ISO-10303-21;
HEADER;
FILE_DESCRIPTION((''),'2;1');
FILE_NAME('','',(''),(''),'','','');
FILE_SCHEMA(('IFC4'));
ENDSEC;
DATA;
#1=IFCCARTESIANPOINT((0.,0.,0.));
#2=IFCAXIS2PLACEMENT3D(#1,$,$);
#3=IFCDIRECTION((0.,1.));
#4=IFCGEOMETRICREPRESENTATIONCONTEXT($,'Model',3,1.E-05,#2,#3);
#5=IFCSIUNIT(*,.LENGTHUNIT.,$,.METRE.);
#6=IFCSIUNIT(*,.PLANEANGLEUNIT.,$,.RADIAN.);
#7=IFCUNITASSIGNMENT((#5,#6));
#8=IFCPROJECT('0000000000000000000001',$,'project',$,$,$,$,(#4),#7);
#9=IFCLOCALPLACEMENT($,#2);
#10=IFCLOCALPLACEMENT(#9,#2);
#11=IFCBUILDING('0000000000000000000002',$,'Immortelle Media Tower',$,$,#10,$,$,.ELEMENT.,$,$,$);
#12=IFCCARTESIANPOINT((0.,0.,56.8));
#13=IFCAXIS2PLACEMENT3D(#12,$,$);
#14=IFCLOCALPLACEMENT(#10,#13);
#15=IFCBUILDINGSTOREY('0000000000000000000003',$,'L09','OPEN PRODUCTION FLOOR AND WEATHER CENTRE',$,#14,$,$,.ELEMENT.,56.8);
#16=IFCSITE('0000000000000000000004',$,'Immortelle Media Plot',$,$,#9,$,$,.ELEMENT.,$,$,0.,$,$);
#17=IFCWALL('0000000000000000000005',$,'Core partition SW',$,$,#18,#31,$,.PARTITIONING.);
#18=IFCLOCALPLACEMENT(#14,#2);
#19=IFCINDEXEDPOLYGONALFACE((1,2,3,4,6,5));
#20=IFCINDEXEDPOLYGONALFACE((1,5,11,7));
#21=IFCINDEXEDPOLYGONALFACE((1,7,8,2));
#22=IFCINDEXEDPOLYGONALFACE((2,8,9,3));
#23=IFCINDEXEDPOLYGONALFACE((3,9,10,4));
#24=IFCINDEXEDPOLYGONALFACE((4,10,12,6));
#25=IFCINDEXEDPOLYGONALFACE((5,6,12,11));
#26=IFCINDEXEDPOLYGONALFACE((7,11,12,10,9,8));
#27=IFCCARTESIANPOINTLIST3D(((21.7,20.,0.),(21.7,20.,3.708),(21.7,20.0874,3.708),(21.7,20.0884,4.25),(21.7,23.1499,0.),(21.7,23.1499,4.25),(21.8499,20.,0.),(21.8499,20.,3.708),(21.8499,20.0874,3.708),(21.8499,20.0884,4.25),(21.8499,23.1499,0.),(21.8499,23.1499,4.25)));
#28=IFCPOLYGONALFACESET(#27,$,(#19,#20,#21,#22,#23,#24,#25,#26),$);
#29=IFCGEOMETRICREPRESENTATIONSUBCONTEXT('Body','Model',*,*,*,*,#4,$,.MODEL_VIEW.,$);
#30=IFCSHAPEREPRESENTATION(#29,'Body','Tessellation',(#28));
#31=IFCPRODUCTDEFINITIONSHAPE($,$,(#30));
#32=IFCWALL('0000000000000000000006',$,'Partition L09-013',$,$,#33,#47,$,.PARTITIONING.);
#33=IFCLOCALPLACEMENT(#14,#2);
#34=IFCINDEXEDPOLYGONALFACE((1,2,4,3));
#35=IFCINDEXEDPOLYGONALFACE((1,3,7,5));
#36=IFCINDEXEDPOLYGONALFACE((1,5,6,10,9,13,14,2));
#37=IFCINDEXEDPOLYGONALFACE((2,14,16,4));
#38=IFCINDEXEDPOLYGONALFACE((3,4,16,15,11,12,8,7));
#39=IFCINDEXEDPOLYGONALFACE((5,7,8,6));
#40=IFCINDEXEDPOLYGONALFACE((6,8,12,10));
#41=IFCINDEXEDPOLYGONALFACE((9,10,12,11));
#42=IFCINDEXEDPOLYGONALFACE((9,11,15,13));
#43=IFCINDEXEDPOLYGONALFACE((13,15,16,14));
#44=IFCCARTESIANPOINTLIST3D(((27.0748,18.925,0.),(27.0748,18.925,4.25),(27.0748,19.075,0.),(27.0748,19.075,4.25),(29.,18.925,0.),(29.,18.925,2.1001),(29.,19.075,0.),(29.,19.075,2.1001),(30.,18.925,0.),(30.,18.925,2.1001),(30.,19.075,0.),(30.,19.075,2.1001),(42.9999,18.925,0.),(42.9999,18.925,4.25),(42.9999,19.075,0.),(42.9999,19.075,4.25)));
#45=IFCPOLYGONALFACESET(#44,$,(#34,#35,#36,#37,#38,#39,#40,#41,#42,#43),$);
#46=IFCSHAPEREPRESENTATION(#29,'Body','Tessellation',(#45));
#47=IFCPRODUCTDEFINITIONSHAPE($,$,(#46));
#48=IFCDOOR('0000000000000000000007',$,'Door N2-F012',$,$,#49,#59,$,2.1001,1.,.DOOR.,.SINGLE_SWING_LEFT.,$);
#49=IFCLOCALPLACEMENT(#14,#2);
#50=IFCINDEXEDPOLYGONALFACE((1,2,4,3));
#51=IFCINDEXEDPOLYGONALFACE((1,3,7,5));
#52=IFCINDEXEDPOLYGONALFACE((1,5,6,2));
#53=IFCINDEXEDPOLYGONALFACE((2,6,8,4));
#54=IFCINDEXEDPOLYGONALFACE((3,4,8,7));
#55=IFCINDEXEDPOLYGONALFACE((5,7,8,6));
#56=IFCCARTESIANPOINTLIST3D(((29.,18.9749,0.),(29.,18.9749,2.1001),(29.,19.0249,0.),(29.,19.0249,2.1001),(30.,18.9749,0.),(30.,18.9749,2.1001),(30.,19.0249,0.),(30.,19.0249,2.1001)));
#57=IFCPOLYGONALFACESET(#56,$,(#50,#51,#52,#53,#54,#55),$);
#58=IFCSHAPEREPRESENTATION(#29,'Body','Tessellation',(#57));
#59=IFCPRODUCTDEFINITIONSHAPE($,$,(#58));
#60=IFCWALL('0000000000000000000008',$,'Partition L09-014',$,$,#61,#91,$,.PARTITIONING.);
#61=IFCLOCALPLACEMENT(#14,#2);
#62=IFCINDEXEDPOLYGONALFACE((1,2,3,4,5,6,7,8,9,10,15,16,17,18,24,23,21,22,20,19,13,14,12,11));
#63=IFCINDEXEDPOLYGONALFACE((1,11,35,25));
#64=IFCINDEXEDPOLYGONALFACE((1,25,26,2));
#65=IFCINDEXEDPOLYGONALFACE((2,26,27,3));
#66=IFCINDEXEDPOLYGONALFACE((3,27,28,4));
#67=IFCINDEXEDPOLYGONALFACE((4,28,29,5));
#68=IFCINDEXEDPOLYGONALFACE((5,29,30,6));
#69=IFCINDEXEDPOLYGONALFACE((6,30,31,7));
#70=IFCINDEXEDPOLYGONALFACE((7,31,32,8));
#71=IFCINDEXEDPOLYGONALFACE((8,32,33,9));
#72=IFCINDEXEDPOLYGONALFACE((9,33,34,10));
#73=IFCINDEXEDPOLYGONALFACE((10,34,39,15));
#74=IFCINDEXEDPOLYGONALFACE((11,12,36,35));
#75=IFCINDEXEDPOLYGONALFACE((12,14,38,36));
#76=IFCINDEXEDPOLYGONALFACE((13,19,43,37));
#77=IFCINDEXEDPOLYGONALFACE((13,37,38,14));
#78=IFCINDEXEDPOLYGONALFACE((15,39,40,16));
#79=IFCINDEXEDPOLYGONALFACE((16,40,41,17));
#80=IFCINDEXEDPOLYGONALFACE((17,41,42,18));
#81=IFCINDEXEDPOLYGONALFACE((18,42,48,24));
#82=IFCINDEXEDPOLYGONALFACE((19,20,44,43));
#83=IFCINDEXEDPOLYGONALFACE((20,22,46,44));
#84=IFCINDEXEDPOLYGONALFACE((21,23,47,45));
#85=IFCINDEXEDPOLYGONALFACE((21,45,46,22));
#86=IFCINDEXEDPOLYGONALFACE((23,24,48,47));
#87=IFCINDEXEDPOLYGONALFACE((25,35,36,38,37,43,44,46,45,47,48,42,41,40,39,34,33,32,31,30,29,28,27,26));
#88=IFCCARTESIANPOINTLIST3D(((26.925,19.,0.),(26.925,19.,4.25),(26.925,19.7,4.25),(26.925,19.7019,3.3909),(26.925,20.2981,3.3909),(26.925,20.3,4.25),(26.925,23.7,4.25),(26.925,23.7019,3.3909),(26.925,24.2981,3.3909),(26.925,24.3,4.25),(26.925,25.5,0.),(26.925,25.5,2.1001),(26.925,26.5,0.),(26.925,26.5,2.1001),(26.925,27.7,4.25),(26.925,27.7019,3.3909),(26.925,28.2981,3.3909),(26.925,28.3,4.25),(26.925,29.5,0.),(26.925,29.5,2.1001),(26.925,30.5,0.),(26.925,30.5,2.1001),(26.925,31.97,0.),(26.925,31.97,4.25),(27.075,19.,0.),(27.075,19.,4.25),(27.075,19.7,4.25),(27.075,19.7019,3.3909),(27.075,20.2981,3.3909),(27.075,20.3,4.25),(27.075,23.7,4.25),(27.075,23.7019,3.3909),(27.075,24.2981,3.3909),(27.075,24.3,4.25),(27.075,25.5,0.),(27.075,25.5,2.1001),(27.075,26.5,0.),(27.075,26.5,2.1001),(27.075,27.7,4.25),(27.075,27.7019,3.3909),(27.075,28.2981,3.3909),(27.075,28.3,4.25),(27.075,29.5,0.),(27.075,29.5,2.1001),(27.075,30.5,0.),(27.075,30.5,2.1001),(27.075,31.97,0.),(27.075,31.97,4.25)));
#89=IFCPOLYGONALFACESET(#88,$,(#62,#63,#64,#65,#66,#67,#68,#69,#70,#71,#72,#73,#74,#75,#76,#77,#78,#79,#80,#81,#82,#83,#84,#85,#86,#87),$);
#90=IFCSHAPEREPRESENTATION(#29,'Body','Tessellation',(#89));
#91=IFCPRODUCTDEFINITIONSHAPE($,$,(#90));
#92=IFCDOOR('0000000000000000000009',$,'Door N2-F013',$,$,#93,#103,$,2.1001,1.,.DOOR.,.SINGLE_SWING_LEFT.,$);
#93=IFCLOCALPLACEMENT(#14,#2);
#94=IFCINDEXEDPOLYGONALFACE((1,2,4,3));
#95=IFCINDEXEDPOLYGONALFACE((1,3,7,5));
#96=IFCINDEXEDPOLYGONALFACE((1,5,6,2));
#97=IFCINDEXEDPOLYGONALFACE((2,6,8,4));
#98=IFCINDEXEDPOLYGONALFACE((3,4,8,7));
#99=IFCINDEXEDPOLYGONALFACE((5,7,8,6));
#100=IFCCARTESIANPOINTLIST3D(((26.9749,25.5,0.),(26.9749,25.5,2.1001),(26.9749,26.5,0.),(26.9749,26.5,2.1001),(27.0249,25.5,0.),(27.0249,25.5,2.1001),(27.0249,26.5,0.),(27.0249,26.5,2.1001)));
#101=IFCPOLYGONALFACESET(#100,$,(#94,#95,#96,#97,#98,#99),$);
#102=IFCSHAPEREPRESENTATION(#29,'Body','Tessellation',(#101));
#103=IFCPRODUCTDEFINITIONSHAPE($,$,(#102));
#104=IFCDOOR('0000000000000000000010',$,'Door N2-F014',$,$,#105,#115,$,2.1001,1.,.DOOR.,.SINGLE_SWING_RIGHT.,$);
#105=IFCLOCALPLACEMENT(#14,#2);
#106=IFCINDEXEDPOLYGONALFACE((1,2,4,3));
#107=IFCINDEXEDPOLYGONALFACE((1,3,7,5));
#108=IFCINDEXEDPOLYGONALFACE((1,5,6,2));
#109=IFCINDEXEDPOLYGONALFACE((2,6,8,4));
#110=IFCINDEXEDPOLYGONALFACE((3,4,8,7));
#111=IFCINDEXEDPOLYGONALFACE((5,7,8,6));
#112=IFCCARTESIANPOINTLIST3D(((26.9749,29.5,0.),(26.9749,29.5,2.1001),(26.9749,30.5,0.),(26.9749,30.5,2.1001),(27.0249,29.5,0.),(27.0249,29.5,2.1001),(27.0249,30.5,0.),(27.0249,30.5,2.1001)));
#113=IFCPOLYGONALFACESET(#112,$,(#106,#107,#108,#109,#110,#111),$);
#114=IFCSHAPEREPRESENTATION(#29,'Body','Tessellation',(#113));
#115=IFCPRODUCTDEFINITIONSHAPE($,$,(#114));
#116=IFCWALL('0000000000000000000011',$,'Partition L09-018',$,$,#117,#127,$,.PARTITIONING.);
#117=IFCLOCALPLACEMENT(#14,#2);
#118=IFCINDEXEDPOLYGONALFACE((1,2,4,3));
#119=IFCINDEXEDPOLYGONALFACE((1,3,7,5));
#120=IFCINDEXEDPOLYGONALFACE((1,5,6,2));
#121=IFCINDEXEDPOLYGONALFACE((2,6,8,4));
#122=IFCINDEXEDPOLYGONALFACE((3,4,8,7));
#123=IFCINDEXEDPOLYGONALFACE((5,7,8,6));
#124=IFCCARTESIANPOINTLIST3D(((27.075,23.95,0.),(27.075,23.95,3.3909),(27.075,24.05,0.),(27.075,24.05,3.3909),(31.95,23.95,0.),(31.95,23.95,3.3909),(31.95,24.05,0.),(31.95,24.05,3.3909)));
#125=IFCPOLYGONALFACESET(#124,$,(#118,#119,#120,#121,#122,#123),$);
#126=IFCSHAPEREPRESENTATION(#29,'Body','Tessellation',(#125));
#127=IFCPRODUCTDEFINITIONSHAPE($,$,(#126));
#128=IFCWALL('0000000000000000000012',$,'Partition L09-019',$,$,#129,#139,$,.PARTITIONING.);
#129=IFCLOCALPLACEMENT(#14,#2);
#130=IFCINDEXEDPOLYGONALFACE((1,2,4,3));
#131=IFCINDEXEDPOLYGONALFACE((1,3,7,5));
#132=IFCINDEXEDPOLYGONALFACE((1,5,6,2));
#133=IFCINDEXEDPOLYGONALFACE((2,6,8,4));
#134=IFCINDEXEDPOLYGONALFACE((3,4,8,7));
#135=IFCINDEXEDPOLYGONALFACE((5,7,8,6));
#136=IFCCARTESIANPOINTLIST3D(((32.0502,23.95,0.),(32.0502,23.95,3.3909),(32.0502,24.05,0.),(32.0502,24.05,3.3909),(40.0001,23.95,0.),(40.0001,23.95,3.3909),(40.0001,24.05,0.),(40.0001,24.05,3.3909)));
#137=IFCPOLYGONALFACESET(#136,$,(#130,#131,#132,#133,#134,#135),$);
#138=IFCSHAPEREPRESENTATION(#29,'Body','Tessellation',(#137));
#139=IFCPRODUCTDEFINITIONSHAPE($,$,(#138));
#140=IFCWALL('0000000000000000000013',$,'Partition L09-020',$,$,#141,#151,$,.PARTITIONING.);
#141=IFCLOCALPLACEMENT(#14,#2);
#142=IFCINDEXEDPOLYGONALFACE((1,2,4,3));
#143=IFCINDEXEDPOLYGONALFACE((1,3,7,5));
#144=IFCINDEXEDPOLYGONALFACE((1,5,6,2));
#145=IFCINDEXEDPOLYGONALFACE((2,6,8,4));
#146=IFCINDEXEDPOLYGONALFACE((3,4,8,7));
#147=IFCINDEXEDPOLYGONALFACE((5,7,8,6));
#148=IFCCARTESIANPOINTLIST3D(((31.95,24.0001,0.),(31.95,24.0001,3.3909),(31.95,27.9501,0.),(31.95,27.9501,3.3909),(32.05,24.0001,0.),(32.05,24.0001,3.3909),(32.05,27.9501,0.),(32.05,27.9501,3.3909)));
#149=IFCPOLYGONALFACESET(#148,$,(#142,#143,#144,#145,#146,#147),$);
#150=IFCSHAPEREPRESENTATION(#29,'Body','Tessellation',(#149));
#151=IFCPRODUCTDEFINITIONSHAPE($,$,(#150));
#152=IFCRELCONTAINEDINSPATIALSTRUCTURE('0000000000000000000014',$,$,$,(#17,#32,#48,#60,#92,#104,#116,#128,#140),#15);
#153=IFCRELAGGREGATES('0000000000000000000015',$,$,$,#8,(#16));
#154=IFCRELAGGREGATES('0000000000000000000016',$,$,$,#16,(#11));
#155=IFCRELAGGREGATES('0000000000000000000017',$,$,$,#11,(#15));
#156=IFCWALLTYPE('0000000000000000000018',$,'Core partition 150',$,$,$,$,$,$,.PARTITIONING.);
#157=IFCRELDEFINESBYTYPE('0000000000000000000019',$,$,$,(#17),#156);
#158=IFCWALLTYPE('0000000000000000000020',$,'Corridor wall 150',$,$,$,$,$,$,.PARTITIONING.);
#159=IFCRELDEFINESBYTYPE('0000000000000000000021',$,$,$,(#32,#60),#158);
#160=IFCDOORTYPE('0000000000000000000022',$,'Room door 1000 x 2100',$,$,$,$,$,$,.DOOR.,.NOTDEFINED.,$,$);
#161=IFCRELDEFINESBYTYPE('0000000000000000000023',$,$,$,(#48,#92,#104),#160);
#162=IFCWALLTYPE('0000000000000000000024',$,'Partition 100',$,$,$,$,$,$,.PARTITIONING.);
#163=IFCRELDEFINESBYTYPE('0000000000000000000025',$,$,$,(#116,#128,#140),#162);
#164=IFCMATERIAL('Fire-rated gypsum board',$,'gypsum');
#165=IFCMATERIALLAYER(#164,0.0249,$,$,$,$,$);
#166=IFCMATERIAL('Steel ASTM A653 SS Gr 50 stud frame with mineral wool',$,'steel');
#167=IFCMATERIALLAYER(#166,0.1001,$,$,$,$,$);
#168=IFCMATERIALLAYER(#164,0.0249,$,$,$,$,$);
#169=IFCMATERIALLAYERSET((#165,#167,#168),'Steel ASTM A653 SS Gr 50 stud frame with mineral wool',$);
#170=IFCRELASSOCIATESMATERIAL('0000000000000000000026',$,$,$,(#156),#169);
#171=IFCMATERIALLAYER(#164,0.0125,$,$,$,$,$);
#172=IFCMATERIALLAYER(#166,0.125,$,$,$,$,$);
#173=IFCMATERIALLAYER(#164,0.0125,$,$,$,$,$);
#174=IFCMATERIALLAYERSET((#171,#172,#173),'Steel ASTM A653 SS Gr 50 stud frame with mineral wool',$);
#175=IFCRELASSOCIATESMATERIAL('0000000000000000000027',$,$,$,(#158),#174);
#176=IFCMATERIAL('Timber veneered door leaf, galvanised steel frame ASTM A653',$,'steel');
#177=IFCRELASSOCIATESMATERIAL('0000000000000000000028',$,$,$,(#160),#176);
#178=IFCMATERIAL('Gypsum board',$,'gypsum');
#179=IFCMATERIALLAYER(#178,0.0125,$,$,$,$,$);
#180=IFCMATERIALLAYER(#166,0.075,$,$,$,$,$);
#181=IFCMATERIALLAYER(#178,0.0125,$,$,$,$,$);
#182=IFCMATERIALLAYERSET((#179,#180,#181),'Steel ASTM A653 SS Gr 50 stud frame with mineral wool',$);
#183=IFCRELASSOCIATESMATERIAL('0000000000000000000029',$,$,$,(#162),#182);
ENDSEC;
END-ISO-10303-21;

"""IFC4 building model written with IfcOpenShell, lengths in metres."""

from ifc_helpers import new_model, si_unit, direction, frame, frame_2d, origin, place, context, subcontext, project, spatial, polyline, rectangle, outline, extrude, material, layer, layer_set, type_object, element, fill, save


model = new_model("IFC4")

# Units and contexts
model_context = context("Model", 3, precision=1e-05, world=origin(), true_north=direction((0.0, 1.0)))
body_context = subcontext(model_context, "Body", "Model", "MODEL_VIEW")
ifc_project = project(units=[si_unit("LENGTHUNIT", "METRE"), si_unit("PLANEANGLEUNIT", "RADIAN")], contexts=[model_context])

# Site, building, storey
site_placement = place(None, origin())
site = spatial("IfcSite", under=ifc_project, at=site_placement, Name="Immortelle Media Plot", CompositionType="ELEMENT", RefElevation=0.0)
building_placement = place(site_placement, origin())
building = spatial("IfcBuilding", under=site, at=building_placement, Name="Immortelle Media Tower", CompositionType="ELEMENT")
storey_placement = place(building_placement, frame((0.0, 0.0, 56.8)))
storey = spatial("IfcBuildingStorey", under=building, at=storey_placement, Name="L09", Description="OPEN PRODUCTION FLOOR AND WEATHER CENTRE", CompositionType="ELEMENT", Elevation=56.8)

# Wall
ifc_material_1 = material(Name="Fire-rated gypsum board", Category="gypsum")
ifc_layer_1 = layer(ifc_material_1, 0.0249)
ifc_material_2 = material(Name="Steel ASTM A653 SS Gr 50 stud frame with mineral wool", Category="steel")
ifc_layer_2 = layer(ifc_material_2, 0.1001)
ifc_layer_3 = layer(ifc_material_1, 0.0249)
ifc_layer_set_1 = layer_set([ifc_layer_1, ifc_layer_2, ifc_layer_3], Name="Steel ASTM A653 SS Gr 50 stud frame with mineral wool")
wall_type_1 = type_object("IfcWallType", Name="Core partition 150", PredefinedType="PARTITIONING", material=ifc_layer_set_1)
wall_1_placement = place(storey_placement, frame((21.7749, 20.0, 0.0), z_axis=(0.0, 0.0, 1.0), x_axis=(0.0, 1.0, 0.0)))
element("IfcWall", 1, at=wall_1_placement, inside=storey, type_object=wall_type_1, Name="Core partition SW", PredefinedType="PARTITIONING", context=body_context, shape_type="SweptSolid", body=[
    extrude(outline(polyline([(0.0, 0.0), (3.1499, 0.0), (3.1499, 4.25), (0.0884, 4.25), (0.0874, 3.708), (0.0, 3.708), (0.0, 0.0)])), frame((0.0, 0.075, 0.0), z_axis=(0.0, -1.0, 0.0), x_axis=(1.0, 0.0, 0.0)), (0.0, 0.0, 1.0), 0.1499),
])

# Wall, opening, door
ifc_layer_4 = layer(ifc_material_1, 0.0125)
ifc_layer_5 = layer(ifc_material_2, 0.125)
ifc_layer_6 = layer(ifc_material_1, 0.0125)
ifc_layer_set_2 = layer_set([ifc_layer_4, ifc_layer_5, ifc_layer_6], Name="Steel ASTM A653 SS Gr 50 stud frame with mineral wool")
wall_type_2 = type_object("IfcWallType", Name="Corridor wall 150", PredefinedType="PARTITIONING", material=ifc_layer_set_2)
wall_2_placement = place(storey_placement, frame((27.075, 19.0, 0.0), z_axis=(0.0, 0.0, 1.0), x_axis=(1.0, 0.0, 0.0)))
wall_2 = element("IfcWall", 2, at=wall_2_placement, inside=storey, type_object=wall_type_2, Name="Partition L09-013", PredefinedType="PARTITIONING", context=body_context, shape_type="SweptSolid", body=[
    extrude(rectangle(XDim=15.925, YDim=0.1499, at=frame_2d((7.9624, 0.0))), origin(), (0.0, 0.0, 1.0), 4.25),
])
opening_1_placement = place(wall_2_placement, frame((1.925, 0.0, 0.0)))
opening_1 = element("IfcOpeningElement", 3, at=opening_1_placement, cuts=wall_2, PredefinedType="OPENING", context=body_context, shape_type="SweptSolid", body=[
    extrude(rectangle(XDim=1.0, YDim=2.1001, at=frame_2d((0.5, 1.05))), frame((0.0, 0.085, 0.0), z_axis=(0.0, -1.0, 0.0), x_axis=(1.0, 0.0, 0.0)), (0.0, 0.0, 1.0), 0.1699),
])
ifc_material_3 = material(Name="Timber veneered door leaf, galvanised steel frame ASTM A653", Category="steel")
door_type = type_object("IfcDoorType", Name="Room door 1000 x 2100", OperationType="NOTDEFINED", PredefinedType="DOOR", material=ifc_material_3)
door_1_placement = place(opening_1_placement, origin())
door_1 = element("IfcDoor", 4, at=door_1_placement, inside=storey, type_object=door_type, Name="Door N2-F012", OperationType="SINGLE_SWING_LEFT", OverallHeight=2.1001, OverallWidth=1.0, PredefinedType="DOOR", context=body_context, shape_type="SweptSolid", body=[
    extrude(rectangle(XDim=1.0, YDim=2.1001, at=frame_2d((0.5, 1.05))), frame((0.0, 0.0249, 0.0), z_axis=(0.0, -1.0, 0.0), x_axis=(1.0, 0.0, 0.0)), (0.0, 0.0, 1.0), 0.05),
])
fill(opening_1, door_1)

# Wall, openings, doors
wall_3_placement = place(storey_placement, frame((27.0, 19.0, 0.0), z_axis=(0.0, 0.0, 1.0), x_axis=(0.0, 1.0, 0.0)))
wall_3 = element("IfcWall", 5, at=wall_3_placement, inside=storey, type_object=wall_type_2, Name="Partition L09-014", PredefinedType="PARTITIONING", context=body_context, shape_type="SweptSolid", body=[
    extrude(outline(polyline([(0.0, 0.0), (12.97, 0.0), (12.97, 4.25), (9.3, 4.25), (9.2981, 3.3909), (8.7019, 3.3909), (8.7, 4.25), (5.3, 4.25), (5.2981, 3.3909), (4.7019, 3.3909), (4.7, 4.25), (1.3, 4.25), (1.2981, 3.3909), (0.7019, 3.3909), (0.7, 4.25), (0.0, 4.25), (0.0, 0.0)])), frame((0.0, 0.075, 0.0), z_axis=(0.0, -1.0, 0.0), x_axis=(1.0, 0.0, 0.0)), (0.0, 0.0, 1.0), 0.1499),
])
opening_2_placement = place(wall_3_placement, frame((7.5, 0.0, 0.0), z_axis=(0.0, 0.0, 1.0), x_axis=(-1.0, 0.0, 0.0)))
opening_2 = element("IfcOpeningElement", 6, at=opening_2_placement, cuts=wall_3, PredefinedType="OPENING", context=body_context, shape_type="SweptSolid", body=[
    extrude(rectangle(XDim=1.0, YDim=2.1001, at=frame_2d((0.5, 1.05))), frame((0.0, 0.085, 0.0), z_axis=(0.0, -1.0, 0.0), x_axis=(1.0, 0.0, 0.0)), (0.0, 0.0, 1.0), 0.1699),
])
opening_3_placement = place(wall_3_placement, frame((11.5, 0.0, 0.0), z_axis=(0.0, 0.0, 1.0), x_axis=(-1.0, 0.0, 0.0)))
opening_3 = element("IfcOpeningElement", 7, at=opening_3_placement, cuts=wall_3, PredefinedType="OPENING", context=body_context, shape_type="SweptSolid", body=[
    extrude(rectangle(XDim=1.0, YDim=2.1001, at=frame_2d((0.5, 1.05))), frame((0.0, 0.085, 0.0), z_axis=(0.0, -1.0, 0.0), x_axis=(1.0, 0.0, 0.0)), (0.0, 0.0, 1.0), 0.1699),
])
door_2_placement = place(opening_2_placement, origin())
door_2 = element("IfcDoor", 8, at=door_2_placement, inside=storey, type_object=door_type, Name="Door N2-F013", OperationType="SINGLE_SWING_LEFT", OverallHeight=2.1001, OverallWidth=1.0, PredefinedType="DOOR", context=body_context, shape_type="SweptSolid", body=[
    extrude(rectangle(XDim=1.0, YDim=2.1001, at=frame_2d((0.5, 1.05))), frame((0.0, 0.0249, 0.0), z_axis=(0.0, -1.0, 0.0), x_axis=(1.0, 0.0, 0.0)), (0.0, 0.0, 1.0), 0.05),
])
fill(opening_2, door_2)
door_3_placement = place(opening_3_placement, origin())
door_3 = element("IfcDoor", 9, at=door_3_placement, inside=storey, type_object=door_type, Name="Door N2-F014", OperationType="SINGLE_SWING_RIGHT", OverallHeight=2.1001, OverallWidth=1.0, PredefinedType="DOOR", context=body_context, shape_type="SweptSolid", body=[
    extrude(rectangle(XDim=1.0, YDim=2.1001, at=frame_2d((0.5, 1.05))), frame((0.0, 0.0249, 0.0), z_axis=(0.0, -1.0, 0.0), x_axis=(1.0, 0.0, 0.0)), (0.0, 0.0, 1.0), 0.05),
])
fill(opening_3, door_3)

# Walls
ifc_material_4 = material(Name="Gypsum board", Category="gypsum")
ifc_layer_7 = layer(ifc_material_4, 0.0125)
ifc_layer_8 = layer(ifc_material_2, 0.075)
ifc_layer_9 = layer(ifc_material_4, 0.0125)
ifc_layer_set_3 = layer_set([ifc_layer_7, ifc_layer_8, ifc_layer_9], Name="Steel ASTM A653 SS Gr 50 stud frame with mineral wool")
wall_type_3 = type_object("IfcWallType", Name="Partition 100", PredefinedType="PARTITIONING", material=ifc_layer_set_3)
wall_4_placement = place(storey_placement, frame((27.075, 24.0, 0.0), z_axis=(0.0, 0.0, 1.0), x_axis=(1.0, 0.0, 0.0)))
element("IfcWall", 10, at=wall_4_placement, inside=storey, type_object=wall_type_3, Name="Partition L09-018", PredefinedType="PARTITIONING", context=body_context, shape_type="SweptSolid", body=[
    extrude(rectangle(XDim=4.875, YDim=0.1001, at=frame_2d((2.4375, 0.0))), origin(), (0.0, 0.0, 1.0), 3.3909),
])
wall_5_placement = place(storey_placement, frame((32.05, 24.0, 0.0), z_axis=(0.0, 0.0, 1.0), x_axis=(1.0, 0.0, 0.0)))
element("IfcWall", 11, at=wall_5_placement, inside=storey, type_object=wall_type_3, Name="Partition L09-019", PredefinedType="PARTITIONING", context=body_context, shape_type="SweptSolid", body=[
    extrude(rectangle(XDim=7.95, YDim=0.1001, at=frame_2d((3.9751, 0.0))), origin(), (0.0, 0.0, 1.0), 3.3909),
])
wall_6_placement = place(storey_placement, frame((32.0, 24.0, 0.0), z_axis=(0.0, 0.0, 1.0), x_axis=(0.0, 1.0, 0.0)))
element("IfcWall", 12, at=wall_6_placement, inside=storey, type_object=wall_type_3, Name="Partition L09-020", PredefinedType="PARTITIONING", context=body_context, shape_type="SweptSolid", body=[
    extrude(rectangle(XDim=3.95, YDim=0.1001, at=frame_2d((1.9751, 0.0))), origin(), (0.0, 0.0, 1.0), 3.3909),
])

save(model, "model.ifc")
